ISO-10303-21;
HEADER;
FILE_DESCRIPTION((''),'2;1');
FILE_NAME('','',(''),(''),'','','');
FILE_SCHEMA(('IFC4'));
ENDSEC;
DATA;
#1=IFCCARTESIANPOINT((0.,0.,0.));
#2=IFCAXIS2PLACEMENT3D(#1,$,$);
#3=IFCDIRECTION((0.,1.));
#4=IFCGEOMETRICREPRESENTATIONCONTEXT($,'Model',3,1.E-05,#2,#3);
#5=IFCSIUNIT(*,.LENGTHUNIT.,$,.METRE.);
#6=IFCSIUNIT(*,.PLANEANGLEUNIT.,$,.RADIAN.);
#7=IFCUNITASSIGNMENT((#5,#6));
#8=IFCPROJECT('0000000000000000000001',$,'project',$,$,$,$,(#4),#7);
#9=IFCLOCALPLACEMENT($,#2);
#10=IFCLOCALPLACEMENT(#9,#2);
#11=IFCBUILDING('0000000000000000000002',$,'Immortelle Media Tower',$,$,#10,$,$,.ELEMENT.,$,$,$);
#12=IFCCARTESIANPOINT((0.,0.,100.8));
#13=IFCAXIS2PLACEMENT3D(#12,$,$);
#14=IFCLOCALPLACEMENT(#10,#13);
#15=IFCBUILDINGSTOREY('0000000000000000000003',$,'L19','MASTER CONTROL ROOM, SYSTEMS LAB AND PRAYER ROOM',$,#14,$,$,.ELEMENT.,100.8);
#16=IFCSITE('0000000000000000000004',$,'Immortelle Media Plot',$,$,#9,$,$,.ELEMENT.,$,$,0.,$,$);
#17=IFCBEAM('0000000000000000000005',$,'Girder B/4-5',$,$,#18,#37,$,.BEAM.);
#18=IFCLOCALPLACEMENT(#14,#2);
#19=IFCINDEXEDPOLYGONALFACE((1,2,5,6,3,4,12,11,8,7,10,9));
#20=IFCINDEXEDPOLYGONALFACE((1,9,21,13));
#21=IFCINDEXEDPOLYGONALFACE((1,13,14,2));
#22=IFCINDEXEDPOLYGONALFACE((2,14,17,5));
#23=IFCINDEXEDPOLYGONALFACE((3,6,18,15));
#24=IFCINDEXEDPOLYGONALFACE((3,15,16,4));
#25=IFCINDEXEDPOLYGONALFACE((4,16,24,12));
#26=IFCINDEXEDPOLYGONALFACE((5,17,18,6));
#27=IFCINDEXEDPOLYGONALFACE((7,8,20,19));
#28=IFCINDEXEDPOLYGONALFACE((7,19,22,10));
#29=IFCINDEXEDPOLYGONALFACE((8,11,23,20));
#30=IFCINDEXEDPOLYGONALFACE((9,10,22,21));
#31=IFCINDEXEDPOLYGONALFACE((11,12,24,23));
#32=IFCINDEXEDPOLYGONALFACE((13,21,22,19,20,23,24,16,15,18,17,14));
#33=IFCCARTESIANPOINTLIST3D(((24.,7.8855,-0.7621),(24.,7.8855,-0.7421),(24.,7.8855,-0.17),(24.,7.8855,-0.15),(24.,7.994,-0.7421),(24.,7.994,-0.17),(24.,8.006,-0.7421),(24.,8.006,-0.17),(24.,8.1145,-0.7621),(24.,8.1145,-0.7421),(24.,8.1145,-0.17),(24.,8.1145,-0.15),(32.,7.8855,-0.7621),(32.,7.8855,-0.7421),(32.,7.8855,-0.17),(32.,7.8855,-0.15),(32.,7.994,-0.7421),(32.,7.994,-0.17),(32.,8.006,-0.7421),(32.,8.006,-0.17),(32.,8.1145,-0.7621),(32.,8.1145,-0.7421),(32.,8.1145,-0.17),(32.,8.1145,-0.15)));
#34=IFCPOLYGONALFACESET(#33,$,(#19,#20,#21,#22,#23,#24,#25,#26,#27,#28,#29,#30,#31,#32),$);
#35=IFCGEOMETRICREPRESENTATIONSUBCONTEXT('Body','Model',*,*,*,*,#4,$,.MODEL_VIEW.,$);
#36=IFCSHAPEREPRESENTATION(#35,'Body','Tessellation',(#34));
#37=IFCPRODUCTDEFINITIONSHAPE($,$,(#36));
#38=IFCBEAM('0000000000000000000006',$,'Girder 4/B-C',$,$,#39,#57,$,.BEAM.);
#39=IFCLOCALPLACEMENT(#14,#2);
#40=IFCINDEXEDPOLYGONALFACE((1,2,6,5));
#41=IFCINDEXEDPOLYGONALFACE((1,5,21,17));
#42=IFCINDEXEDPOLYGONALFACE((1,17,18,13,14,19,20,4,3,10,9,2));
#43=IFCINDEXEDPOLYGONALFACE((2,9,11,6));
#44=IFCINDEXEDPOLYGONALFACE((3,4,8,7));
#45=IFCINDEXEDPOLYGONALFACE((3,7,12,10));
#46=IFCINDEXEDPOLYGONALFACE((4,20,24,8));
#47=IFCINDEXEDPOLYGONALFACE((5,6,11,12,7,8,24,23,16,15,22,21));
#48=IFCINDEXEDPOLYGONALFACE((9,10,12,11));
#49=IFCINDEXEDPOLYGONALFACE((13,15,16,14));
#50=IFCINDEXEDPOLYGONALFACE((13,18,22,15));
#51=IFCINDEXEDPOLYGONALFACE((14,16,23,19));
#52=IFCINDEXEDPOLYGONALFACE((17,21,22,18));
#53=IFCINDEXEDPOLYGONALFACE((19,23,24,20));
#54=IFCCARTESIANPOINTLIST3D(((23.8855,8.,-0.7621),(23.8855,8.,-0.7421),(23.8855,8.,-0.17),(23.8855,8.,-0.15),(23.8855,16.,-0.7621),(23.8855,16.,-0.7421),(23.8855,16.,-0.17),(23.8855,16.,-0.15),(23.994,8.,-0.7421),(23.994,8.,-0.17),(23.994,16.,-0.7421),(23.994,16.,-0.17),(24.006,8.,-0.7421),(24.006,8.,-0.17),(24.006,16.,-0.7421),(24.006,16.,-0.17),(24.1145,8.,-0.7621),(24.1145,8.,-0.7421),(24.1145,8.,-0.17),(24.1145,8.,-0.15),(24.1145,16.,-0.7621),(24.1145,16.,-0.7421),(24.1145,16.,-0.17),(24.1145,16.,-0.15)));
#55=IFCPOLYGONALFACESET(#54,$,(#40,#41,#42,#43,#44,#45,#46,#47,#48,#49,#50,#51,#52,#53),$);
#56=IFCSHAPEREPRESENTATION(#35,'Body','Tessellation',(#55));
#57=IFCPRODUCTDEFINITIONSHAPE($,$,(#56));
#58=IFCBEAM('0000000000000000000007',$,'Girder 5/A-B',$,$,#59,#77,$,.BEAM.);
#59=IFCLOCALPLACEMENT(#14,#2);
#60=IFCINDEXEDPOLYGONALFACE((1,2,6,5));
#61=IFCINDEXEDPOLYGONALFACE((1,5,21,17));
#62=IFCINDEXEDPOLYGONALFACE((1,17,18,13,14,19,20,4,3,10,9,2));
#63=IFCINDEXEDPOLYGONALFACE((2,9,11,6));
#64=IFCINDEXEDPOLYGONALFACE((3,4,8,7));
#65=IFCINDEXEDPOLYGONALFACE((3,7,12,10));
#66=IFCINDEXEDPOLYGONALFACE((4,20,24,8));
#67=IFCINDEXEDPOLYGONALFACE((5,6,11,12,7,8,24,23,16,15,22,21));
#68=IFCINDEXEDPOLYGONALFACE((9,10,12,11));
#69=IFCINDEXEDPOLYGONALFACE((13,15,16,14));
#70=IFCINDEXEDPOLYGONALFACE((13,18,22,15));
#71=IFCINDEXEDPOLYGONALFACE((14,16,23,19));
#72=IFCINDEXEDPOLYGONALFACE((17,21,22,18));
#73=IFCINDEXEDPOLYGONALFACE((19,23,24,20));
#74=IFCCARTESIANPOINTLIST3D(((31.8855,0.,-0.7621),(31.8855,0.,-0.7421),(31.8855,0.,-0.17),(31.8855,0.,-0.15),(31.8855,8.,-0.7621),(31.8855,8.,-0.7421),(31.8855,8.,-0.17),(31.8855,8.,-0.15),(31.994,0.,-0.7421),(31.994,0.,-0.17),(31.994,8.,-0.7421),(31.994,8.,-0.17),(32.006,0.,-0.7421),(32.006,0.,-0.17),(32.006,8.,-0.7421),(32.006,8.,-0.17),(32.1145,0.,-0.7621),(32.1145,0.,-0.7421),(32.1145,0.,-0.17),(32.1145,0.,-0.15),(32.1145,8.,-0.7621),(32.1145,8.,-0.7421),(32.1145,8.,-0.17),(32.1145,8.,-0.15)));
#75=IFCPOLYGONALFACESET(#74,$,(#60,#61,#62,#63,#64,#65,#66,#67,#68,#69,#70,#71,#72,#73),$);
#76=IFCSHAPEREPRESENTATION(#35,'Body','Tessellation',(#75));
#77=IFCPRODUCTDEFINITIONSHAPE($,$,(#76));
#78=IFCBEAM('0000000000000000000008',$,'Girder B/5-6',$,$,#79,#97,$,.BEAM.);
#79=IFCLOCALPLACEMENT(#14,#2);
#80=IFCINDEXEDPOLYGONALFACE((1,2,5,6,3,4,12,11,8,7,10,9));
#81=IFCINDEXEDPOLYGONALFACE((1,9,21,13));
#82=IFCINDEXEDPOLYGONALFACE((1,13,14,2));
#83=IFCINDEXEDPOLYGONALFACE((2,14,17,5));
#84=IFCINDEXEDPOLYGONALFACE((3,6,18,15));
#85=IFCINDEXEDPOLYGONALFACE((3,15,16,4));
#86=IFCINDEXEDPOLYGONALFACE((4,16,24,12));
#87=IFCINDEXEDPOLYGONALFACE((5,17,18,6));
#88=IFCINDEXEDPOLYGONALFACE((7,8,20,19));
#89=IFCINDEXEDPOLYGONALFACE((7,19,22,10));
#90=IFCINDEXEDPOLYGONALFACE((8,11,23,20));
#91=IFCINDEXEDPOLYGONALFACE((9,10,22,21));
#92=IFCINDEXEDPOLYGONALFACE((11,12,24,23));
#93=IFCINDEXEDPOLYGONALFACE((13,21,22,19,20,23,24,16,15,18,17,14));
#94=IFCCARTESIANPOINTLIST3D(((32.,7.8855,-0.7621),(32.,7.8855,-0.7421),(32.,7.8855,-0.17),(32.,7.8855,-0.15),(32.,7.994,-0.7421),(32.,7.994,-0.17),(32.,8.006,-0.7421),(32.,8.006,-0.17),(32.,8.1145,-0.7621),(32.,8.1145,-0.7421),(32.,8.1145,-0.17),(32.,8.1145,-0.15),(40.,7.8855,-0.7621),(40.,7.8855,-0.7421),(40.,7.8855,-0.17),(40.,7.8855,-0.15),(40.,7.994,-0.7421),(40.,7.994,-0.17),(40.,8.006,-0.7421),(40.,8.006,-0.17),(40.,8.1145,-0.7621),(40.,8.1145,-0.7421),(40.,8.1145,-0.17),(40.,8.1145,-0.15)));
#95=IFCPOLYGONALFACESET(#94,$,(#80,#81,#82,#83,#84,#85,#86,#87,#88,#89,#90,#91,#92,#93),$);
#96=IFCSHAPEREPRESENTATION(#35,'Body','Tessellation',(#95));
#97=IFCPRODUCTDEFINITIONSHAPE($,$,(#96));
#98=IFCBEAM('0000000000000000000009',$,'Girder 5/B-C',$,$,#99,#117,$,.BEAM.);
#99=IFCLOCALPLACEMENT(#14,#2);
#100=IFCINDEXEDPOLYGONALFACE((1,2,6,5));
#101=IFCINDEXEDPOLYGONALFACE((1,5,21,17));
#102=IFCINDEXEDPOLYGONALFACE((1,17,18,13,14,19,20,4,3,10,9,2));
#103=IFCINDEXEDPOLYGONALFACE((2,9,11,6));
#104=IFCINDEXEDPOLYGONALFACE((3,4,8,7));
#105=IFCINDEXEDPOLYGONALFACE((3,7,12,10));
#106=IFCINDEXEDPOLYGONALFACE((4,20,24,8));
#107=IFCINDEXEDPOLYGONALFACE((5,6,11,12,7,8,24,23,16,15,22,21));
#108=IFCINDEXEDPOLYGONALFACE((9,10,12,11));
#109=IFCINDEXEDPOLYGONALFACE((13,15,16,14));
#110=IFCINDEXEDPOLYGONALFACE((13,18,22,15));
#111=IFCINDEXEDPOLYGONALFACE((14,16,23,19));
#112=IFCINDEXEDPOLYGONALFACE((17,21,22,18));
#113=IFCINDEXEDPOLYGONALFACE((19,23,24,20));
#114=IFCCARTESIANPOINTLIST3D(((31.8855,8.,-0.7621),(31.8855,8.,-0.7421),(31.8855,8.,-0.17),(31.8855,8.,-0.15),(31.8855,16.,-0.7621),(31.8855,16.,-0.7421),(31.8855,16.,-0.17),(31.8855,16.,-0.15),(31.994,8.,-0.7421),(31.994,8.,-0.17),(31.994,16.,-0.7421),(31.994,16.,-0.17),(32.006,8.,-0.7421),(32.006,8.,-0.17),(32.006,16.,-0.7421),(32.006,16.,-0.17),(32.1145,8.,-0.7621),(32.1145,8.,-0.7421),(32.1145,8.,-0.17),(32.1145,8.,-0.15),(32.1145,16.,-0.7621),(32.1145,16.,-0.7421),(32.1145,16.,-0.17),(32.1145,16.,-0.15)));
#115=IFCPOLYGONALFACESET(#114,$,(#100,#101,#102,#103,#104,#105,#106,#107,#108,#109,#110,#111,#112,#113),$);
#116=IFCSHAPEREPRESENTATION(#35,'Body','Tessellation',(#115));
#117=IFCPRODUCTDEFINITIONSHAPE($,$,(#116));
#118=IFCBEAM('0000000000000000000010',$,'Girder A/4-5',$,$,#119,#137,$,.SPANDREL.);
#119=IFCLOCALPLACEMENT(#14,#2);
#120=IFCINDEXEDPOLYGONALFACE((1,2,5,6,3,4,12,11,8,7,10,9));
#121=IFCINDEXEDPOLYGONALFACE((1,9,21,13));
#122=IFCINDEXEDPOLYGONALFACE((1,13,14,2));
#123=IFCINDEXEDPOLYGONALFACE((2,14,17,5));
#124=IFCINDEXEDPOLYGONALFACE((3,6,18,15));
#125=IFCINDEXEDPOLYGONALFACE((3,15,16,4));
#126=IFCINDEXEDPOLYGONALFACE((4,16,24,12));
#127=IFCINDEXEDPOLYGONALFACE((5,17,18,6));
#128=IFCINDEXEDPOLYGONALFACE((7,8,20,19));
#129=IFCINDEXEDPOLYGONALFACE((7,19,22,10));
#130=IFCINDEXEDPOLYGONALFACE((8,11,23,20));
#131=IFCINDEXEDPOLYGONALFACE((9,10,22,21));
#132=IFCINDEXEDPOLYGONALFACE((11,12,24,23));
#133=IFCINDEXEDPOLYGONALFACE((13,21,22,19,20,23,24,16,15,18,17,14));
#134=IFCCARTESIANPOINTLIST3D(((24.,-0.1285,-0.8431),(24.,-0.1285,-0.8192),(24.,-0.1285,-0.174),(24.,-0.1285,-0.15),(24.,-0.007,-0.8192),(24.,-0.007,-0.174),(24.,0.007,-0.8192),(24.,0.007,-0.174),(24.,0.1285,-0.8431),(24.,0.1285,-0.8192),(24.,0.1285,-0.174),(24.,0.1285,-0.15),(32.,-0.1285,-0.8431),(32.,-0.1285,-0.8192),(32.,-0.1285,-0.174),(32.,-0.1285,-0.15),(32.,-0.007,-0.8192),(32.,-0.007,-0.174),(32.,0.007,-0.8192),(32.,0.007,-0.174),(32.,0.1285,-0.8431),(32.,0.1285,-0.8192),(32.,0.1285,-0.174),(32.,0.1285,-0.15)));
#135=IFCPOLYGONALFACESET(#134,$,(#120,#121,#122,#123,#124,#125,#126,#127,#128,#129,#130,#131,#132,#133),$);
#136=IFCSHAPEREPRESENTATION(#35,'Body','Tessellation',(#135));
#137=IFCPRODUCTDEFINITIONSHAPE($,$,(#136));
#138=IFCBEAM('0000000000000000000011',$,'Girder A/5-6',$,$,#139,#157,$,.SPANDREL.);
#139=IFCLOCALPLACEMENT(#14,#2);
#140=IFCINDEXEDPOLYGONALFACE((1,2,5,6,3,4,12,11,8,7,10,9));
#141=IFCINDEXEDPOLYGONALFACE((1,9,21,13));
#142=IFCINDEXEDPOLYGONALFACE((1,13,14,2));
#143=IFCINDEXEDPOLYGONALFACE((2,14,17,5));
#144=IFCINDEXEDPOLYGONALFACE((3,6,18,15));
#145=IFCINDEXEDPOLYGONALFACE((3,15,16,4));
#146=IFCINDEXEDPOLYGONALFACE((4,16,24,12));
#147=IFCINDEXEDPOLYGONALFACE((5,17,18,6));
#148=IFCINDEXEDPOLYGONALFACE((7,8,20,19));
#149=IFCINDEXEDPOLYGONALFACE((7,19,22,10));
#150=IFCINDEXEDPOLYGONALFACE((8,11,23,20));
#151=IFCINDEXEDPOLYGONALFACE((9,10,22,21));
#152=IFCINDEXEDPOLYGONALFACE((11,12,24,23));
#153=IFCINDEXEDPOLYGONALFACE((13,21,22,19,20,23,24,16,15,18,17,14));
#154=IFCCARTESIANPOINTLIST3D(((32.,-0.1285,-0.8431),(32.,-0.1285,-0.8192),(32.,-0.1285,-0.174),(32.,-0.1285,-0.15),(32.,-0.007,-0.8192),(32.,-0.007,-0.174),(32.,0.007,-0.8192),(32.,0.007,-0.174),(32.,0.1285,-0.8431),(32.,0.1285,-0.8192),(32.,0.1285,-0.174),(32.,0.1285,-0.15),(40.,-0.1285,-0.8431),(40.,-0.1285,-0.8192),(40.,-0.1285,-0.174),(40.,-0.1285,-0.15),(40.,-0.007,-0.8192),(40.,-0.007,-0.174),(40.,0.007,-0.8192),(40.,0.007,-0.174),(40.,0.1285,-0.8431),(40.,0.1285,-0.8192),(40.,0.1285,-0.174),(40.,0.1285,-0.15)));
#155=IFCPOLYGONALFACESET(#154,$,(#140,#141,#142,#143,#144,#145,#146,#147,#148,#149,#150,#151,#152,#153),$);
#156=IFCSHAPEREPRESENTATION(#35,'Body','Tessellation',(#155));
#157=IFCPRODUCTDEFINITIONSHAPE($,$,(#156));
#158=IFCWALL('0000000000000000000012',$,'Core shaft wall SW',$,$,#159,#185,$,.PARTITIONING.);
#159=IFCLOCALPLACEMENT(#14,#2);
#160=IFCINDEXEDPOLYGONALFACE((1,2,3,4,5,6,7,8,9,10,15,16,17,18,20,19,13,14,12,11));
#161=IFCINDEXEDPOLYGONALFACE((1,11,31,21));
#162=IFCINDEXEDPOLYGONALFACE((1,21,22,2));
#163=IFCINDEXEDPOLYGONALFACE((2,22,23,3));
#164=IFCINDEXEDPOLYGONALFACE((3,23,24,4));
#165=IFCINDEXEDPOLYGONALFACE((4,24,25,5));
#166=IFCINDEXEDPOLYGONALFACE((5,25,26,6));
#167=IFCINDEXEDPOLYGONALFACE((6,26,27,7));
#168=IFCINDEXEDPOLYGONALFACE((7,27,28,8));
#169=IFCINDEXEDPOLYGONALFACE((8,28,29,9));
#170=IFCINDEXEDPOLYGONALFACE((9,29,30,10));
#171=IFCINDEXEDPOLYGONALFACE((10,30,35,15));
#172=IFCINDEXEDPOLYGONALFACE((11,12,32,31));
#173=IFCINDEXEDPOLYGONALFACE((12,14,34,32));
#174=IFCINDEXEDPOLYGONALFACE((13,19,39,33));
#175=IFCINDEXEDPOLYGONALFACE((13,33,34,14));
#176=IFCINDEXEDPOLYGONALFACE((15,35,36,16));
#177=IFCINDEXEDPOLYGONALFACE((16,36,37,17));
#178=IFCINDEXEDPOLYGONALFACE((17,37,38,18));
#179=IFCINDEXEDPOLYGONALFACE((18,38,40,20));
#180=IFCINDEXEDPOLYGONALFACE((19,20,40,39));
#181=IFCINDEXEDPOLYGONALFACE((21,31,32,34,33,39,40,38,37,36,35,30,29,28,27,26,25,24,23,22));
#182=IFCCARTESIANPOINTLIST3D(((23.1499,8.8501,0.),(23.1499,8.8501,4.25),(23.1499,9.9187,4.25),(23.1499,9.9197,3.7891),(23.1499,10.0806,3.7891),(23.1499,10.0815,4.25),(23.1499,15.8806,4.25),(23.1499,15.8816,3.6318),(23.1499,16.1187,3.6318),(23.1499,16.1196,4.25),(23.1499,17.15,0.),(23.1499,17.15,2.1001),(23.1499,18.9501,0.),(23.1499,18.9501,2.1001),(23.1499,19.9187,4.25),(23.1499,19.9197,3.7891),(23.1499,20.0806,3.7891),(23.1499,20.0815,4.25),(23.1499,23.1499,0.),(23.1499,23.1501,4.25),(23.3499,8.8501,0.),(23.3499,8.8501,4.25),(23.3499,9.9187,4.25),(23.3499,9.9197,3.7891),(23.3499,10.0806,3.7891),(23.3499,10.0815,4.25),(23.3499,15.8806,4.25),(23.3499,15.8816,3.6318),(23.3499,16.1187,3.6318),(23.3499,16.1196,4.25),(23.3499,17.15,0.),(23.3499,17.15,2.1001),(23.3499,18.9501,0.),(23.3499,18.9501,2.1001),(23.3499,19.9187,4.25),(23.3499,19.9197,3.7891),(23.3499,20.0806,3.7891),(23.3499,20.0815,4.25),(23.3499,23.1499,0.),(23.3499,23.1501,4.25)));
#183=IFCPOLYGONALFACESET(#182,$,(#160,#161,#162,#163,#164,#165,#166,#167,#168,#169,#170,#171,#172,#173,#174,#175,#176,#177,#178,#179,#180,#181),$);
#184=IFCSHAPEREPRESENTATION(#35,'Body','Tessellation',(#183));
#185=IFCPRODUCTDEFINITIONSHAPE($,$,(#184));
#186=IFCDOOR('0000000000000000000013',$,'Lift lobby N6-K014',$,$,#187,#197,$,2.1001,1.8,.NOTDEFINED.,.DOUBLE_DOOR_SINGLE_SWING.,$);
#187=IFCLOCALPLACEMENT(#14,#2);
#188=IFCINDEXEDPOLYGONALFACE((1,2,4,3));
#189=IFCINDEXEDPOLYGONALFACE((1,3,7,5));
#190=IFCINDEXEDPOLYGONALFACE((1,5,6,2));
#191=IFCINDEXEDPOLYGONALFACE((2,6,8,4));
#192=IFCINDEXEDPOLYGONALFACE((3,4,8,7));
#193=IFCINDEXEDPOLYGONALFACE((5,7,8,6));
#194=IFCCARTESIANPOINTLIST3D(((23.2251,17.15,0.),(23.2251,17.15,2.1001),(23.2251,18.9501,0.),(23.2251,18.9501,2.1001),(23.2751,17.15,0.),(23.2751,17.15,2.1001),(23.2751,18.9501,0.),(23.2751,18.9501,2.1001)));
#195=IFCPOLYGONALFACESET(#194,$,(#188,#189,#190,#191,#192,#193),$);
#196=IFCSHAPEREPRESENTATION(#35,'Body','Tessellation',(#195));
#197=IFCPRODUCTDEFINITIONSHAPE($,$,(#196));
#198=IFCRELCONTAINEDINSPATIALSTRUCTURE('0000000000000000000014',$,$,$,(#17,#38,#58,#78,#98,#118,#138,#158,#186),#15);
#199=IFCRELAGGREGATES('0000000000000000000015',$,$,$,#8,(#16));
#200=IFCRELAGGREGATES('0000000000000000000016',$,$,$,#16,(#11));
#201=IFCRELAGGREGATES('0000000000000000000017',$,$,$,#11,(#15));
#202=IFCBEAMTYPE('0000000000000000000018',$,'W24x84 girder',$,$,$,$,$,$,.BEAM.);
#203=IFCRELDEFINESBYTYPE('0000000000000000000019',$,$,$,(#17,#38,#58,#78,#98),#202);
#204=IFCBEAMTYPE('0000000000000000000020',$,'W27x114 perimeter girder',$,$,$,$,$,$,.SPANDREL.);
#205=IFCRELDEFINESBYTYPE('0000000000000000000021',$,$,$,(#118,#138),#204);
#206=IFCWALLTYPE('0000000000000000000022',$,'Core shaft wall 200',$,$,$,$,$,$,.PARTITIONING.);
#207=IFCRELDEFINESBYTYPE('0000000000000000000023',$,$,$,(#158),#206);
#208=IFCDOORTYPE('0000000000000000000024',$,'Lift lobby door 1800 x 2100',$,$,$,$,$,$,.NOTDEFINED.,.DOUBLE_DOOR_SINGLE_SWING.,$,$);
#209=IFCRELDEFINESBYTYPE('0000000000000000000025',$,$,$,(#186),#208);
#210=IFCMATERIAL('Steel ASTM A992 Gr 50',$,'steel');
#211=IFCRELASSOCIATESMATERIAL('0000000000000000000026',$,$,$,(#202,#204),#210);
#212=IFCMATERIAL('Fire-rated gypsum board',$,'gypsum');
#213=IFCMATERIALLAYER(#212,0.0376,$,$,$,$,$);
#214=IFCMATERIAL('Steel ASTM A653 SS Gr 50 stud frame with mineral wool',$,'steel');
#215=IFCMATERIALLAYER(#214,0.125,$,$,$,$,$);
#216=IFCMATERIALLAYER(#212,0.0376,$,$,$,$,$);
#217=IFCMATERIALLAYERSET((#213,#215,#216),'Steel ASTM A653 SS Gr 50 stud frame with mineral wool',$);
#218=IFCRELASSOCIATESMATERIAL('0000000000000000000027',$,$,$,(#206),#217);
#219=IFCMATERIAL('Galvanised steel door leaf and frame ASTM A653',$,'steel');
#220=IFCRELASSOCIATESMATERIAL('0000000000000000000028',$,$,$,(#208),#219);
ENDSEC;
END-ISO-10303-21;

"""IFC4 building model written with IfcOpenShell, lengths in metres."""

from ifc_helpers import new_model, si_unit, direction, frame, frame_2d, origin, origin_2d, place, context, subcontext, project, spatial, polyline, rectangle, i_section, outline, extrude, material, layer, layer_set, material_profile, profile_set, type_object, element, fill, save


model = new_model("IFC4")

# Units and contexts
model_context = context("Model", 3, precision=1e-05, world=origin(), true_north=direction((0.0, 1.0)))
body_context = subcontext(model_context, "Body", "Model", "MODEL_VIEW")
ifc_project = project(units=[si_unit("LENGTHUNIT", "METRE"), si_unit("PLANEANGLEUNIT", "RADIAN")], contexts=[model_context])

# Site, building, storey
site_placement = place(None, origin())
site = spatial("IfcSite", under=ifc_project, at=site_placement, Name="Immortelle Media Plot", CompositionType="ELEMENT", RefElevation=0.0)
building_placement = place(site_placement, origin())
building = spatial("IfcBuilding", under=site, at=building_placement, Name="Immortelle Media Tower", CompositionType="ELEMENT")
storey_placement = place(building_placement, frame((0.0, 0.0, 100.8)))
storey = spatial("IfcBuildingStorey", under=building, at=storey_placement, Name="L19", Description="MASTER CONTROL ROOM, SYSTEMS LAB AND PRAYER ROOM", CompositionType="ELEMENT", Elevation=100.8)

# Shared definitions
ifc_material_1 = material(Name="Steel ASTM A992 Gr 50", Category="steel")

# Beams
ifc_material_profile_1 = material_profile(ifc_material_1, i_section(OverallWidth=0.229, OverallDepth=0.6121, WebThickness=0.012, FlangeThickness=0.02, at=origin_2d()), Name="W24x84")
ifc_profile_set_1 = profile_set([ifc_material_profile_1], Name="Steel ASTM A992 Gr 50")
beam_type_1 = type_object("IfcBeamType", Name="W24x84 girder", PredefinedType="BEAM", material=ifc_profile_set_1)
for number, where, z_axis, x_axis, name in (
    (1, (24.0, 8.0, -0.4561), (1.0, 0.0, 0.0), (0.0, 1.0, 0.0), "Girder B/4-5"),
    (2, (24.0, 8.0, -0.4561), (0.0, 1.0, 0.0), (-1.0, 0.0, 0.0), "Girder 4/B-C"),
    (3, (32.0, 0.0, -0.4561), (0.0, 1.0, 0.0), (-1.0, 0.0, 0.0), "Girder 5/A-B"),
    (4, (32.0, 8.0, -0.4561), (1.0, 0.0, 0.0), (0.0, 1.0, 0.0), "Girder B/5-6"),
    (5, (32.0, 8.0, -0.4561), (0.0, 1.0, 0.0), (-1.0, 0.0, 0.0), "Girder 5/B-C"),
):
    element("IfcBeam", number, at=place(storey_placement, frame(where, z_axis=z_axis, x_axis=x_axis)), inside=storey, type_object=beam_type_1, Name=name, PredefinedType="BEAM", context=body_context, shape_type="SweptSolid", body=[
        extrude(i_section(OverallWidth=0.229, OverallDepth=0.6121, WebThickness=0.012, FlangeThickness=0.02, at=origin_2d()), origin(), (0.0, 0.0, 1.0), 8.0),
    ])
ifc_material_profile_2 = material_profile(ifc_material_1, i_section(OverallWidth=0.2571, OverallDepth=0.6931, WebThickness=0.0139, FlangeThickness=0.0239, at=origin_2d()), Name="W27x114")
ifc_profile_set_2 = profile_set([ifc_material_profile_2], Name="Steel ASTM A992 Gr 50")
beam_type_2 = type_object("IfcBeamType", Name="W27x114 perimeter girder", PredefinedType="SPANDREL", material=ifc_profile_set_2)
for number, where, z_axis, x_axis, name in (
    (6, (24.0, 0.0, -0.4966), (1.0, 0.0, 0.0), (0.0, 1.0, 0.0), "Girder A/4-5"),
    (7, (32.0, 0.0, -0.4966), (1.0, 0.0, 0.0), (0.0, 1.0, 0.0), "Girder A/5-6"),
):
    element("IfcBeam", number, at=place(storey_placement, frame(where, z_axis=z_axis, x_axis=x_axis)), inside=storey, type_object=beam_type_2, Name=name, PredefinedType="SPANDREL", context=body_context, shape_type="SweptSolid", body=[
        extrude(i_section(OverallWidth=0.2571, OverallDepth=0.6931, WebThickness=0.0139, FlangeThickness=0.0239, at=origin_2d()), origin(), (0.0, 0.0, 1.0), 8.0),
    ])

# Wall, opening, door
ifc_material_2 = material(Name="Fire-rated gypsum board", Category="gypsum")
ifc_layer_1 = layer(ifc_material_2, 0.0376)
ifc_material_3 = material(Name="Steel ASTM A653 SS Gr 50 stud frame with mineral wool", Category="steel")
ifc_layer_2 = layer(ifc_material_3, 0.125)
ifc_layer_3 = layer(ifc_material_2, 0.0376)
ifc_layer_set_1 = layer_set([ifc_layer_1, ifc_layer_2, ifc_layer_3], Name="Steel ASTM A653 SS Gr 50 stud frame with mineral wool")
wall_type_1 = type_object("IfcWallType", Name="Core shaft wall 200", PredefinedType="PARTITIONING", material=ifc_layer_set_1)
wall_1_placement = place(storey_placement, frame((23.25, 8.8501, 0.0), z_axis=(0.0, 0.0, 1.0), x_axis=(0.0, 1.0, 0.0)))
wall_1 = element("IfcWall", 8, at=wall_1_placement, inside=storey, type_object=wall_type_1, Name="Core shaft wall SW", PredefinedType="PARTITIONING", context=body_context, shape_type="SweptSolid", body=[
    extrude(outline(polyline([(0.0, 0.0), (14.2998, 0.0), (14.3, 4.25), (11.2314, 4.25), (11.2305, 3.7891), (11.0696, 3.7891), (11.0686, 4.25), (7.2695, 4.25), (7.2686, 3.6318), (7.0315, 3.6318), (7.0305, 4.25), (1.2314, 4.25), (1.2305, 3.7891), (1.0696, 3.7891), (1.0686, 4.25), (0.0, 4.25), (0.0, 0.0)])), frame((0.0, 0.1001, 0.0), z_axis=(0.0, -1.0, 0.0), x_axis=(1.0, 0.0, 0.0)), (0.0, 0.0, 1.0), 0.2),
])
opening_1_placement = place(wall_1_placement, frame((8.3, 0.0, 0.0)))
opening_1 = element("IfcOpeningElement", 9, at=opening_1_placement, cuts=wall_1, PredefinedType="OPENING", context=body_context, shape_type="SweptSolid", body=[
    extrude(rectangle(XDim=1.8, YDim=2.1001, at=frame_2d((0.8999, 1.05))), frame((0.0, 0.1099, 0.0), z_axis=(0.0, -1.0, 0.0), x_axis=(1.0, 0.0, 0.0)), (0.0, 0.0, 1.0), 0.22),
])
ifc_material_4 = material(Name="Galvanised steel door leaf and frame ASTM A653", Category="steel")
door_type_1 = type_object("IfcDoorType", Name="Lift lobby door 1800 x 2100", OperationType="DOUBLE_DOOR_SINGLE_SWING", PredefinedType="NOTDEFINED", material=ifc_material_4)
door_1_placement = place(opening_1_placement, origin())
door_1 = element("IfcDoor", 10, at=door_1_placement, inside=storey, type_object=door_type_1, Name="Lift lobby N6-K014", OperationType="DOUBLE_DOOR_SINGLE_SWING", OverallHeight=2.1001, OverallWidth=1.8, PredefinedType="NOTDEFINED", context=body_context, shape_type="SweptSolid", body=[
    extrude(rectangle(XDim=1.8, YDim=2.1001, at=frame_2d((0.8999, 1.05))), frame((0.0, 0.0249, 0.0), z_axis=(0.0, -1.0, 0.0), x_axis=(1.0, 0.0, 0.0)), (0.0, 0.0, 1.0), 0.05),
])
fill(opening_1, door_1)

save(model, "model.ifc")
